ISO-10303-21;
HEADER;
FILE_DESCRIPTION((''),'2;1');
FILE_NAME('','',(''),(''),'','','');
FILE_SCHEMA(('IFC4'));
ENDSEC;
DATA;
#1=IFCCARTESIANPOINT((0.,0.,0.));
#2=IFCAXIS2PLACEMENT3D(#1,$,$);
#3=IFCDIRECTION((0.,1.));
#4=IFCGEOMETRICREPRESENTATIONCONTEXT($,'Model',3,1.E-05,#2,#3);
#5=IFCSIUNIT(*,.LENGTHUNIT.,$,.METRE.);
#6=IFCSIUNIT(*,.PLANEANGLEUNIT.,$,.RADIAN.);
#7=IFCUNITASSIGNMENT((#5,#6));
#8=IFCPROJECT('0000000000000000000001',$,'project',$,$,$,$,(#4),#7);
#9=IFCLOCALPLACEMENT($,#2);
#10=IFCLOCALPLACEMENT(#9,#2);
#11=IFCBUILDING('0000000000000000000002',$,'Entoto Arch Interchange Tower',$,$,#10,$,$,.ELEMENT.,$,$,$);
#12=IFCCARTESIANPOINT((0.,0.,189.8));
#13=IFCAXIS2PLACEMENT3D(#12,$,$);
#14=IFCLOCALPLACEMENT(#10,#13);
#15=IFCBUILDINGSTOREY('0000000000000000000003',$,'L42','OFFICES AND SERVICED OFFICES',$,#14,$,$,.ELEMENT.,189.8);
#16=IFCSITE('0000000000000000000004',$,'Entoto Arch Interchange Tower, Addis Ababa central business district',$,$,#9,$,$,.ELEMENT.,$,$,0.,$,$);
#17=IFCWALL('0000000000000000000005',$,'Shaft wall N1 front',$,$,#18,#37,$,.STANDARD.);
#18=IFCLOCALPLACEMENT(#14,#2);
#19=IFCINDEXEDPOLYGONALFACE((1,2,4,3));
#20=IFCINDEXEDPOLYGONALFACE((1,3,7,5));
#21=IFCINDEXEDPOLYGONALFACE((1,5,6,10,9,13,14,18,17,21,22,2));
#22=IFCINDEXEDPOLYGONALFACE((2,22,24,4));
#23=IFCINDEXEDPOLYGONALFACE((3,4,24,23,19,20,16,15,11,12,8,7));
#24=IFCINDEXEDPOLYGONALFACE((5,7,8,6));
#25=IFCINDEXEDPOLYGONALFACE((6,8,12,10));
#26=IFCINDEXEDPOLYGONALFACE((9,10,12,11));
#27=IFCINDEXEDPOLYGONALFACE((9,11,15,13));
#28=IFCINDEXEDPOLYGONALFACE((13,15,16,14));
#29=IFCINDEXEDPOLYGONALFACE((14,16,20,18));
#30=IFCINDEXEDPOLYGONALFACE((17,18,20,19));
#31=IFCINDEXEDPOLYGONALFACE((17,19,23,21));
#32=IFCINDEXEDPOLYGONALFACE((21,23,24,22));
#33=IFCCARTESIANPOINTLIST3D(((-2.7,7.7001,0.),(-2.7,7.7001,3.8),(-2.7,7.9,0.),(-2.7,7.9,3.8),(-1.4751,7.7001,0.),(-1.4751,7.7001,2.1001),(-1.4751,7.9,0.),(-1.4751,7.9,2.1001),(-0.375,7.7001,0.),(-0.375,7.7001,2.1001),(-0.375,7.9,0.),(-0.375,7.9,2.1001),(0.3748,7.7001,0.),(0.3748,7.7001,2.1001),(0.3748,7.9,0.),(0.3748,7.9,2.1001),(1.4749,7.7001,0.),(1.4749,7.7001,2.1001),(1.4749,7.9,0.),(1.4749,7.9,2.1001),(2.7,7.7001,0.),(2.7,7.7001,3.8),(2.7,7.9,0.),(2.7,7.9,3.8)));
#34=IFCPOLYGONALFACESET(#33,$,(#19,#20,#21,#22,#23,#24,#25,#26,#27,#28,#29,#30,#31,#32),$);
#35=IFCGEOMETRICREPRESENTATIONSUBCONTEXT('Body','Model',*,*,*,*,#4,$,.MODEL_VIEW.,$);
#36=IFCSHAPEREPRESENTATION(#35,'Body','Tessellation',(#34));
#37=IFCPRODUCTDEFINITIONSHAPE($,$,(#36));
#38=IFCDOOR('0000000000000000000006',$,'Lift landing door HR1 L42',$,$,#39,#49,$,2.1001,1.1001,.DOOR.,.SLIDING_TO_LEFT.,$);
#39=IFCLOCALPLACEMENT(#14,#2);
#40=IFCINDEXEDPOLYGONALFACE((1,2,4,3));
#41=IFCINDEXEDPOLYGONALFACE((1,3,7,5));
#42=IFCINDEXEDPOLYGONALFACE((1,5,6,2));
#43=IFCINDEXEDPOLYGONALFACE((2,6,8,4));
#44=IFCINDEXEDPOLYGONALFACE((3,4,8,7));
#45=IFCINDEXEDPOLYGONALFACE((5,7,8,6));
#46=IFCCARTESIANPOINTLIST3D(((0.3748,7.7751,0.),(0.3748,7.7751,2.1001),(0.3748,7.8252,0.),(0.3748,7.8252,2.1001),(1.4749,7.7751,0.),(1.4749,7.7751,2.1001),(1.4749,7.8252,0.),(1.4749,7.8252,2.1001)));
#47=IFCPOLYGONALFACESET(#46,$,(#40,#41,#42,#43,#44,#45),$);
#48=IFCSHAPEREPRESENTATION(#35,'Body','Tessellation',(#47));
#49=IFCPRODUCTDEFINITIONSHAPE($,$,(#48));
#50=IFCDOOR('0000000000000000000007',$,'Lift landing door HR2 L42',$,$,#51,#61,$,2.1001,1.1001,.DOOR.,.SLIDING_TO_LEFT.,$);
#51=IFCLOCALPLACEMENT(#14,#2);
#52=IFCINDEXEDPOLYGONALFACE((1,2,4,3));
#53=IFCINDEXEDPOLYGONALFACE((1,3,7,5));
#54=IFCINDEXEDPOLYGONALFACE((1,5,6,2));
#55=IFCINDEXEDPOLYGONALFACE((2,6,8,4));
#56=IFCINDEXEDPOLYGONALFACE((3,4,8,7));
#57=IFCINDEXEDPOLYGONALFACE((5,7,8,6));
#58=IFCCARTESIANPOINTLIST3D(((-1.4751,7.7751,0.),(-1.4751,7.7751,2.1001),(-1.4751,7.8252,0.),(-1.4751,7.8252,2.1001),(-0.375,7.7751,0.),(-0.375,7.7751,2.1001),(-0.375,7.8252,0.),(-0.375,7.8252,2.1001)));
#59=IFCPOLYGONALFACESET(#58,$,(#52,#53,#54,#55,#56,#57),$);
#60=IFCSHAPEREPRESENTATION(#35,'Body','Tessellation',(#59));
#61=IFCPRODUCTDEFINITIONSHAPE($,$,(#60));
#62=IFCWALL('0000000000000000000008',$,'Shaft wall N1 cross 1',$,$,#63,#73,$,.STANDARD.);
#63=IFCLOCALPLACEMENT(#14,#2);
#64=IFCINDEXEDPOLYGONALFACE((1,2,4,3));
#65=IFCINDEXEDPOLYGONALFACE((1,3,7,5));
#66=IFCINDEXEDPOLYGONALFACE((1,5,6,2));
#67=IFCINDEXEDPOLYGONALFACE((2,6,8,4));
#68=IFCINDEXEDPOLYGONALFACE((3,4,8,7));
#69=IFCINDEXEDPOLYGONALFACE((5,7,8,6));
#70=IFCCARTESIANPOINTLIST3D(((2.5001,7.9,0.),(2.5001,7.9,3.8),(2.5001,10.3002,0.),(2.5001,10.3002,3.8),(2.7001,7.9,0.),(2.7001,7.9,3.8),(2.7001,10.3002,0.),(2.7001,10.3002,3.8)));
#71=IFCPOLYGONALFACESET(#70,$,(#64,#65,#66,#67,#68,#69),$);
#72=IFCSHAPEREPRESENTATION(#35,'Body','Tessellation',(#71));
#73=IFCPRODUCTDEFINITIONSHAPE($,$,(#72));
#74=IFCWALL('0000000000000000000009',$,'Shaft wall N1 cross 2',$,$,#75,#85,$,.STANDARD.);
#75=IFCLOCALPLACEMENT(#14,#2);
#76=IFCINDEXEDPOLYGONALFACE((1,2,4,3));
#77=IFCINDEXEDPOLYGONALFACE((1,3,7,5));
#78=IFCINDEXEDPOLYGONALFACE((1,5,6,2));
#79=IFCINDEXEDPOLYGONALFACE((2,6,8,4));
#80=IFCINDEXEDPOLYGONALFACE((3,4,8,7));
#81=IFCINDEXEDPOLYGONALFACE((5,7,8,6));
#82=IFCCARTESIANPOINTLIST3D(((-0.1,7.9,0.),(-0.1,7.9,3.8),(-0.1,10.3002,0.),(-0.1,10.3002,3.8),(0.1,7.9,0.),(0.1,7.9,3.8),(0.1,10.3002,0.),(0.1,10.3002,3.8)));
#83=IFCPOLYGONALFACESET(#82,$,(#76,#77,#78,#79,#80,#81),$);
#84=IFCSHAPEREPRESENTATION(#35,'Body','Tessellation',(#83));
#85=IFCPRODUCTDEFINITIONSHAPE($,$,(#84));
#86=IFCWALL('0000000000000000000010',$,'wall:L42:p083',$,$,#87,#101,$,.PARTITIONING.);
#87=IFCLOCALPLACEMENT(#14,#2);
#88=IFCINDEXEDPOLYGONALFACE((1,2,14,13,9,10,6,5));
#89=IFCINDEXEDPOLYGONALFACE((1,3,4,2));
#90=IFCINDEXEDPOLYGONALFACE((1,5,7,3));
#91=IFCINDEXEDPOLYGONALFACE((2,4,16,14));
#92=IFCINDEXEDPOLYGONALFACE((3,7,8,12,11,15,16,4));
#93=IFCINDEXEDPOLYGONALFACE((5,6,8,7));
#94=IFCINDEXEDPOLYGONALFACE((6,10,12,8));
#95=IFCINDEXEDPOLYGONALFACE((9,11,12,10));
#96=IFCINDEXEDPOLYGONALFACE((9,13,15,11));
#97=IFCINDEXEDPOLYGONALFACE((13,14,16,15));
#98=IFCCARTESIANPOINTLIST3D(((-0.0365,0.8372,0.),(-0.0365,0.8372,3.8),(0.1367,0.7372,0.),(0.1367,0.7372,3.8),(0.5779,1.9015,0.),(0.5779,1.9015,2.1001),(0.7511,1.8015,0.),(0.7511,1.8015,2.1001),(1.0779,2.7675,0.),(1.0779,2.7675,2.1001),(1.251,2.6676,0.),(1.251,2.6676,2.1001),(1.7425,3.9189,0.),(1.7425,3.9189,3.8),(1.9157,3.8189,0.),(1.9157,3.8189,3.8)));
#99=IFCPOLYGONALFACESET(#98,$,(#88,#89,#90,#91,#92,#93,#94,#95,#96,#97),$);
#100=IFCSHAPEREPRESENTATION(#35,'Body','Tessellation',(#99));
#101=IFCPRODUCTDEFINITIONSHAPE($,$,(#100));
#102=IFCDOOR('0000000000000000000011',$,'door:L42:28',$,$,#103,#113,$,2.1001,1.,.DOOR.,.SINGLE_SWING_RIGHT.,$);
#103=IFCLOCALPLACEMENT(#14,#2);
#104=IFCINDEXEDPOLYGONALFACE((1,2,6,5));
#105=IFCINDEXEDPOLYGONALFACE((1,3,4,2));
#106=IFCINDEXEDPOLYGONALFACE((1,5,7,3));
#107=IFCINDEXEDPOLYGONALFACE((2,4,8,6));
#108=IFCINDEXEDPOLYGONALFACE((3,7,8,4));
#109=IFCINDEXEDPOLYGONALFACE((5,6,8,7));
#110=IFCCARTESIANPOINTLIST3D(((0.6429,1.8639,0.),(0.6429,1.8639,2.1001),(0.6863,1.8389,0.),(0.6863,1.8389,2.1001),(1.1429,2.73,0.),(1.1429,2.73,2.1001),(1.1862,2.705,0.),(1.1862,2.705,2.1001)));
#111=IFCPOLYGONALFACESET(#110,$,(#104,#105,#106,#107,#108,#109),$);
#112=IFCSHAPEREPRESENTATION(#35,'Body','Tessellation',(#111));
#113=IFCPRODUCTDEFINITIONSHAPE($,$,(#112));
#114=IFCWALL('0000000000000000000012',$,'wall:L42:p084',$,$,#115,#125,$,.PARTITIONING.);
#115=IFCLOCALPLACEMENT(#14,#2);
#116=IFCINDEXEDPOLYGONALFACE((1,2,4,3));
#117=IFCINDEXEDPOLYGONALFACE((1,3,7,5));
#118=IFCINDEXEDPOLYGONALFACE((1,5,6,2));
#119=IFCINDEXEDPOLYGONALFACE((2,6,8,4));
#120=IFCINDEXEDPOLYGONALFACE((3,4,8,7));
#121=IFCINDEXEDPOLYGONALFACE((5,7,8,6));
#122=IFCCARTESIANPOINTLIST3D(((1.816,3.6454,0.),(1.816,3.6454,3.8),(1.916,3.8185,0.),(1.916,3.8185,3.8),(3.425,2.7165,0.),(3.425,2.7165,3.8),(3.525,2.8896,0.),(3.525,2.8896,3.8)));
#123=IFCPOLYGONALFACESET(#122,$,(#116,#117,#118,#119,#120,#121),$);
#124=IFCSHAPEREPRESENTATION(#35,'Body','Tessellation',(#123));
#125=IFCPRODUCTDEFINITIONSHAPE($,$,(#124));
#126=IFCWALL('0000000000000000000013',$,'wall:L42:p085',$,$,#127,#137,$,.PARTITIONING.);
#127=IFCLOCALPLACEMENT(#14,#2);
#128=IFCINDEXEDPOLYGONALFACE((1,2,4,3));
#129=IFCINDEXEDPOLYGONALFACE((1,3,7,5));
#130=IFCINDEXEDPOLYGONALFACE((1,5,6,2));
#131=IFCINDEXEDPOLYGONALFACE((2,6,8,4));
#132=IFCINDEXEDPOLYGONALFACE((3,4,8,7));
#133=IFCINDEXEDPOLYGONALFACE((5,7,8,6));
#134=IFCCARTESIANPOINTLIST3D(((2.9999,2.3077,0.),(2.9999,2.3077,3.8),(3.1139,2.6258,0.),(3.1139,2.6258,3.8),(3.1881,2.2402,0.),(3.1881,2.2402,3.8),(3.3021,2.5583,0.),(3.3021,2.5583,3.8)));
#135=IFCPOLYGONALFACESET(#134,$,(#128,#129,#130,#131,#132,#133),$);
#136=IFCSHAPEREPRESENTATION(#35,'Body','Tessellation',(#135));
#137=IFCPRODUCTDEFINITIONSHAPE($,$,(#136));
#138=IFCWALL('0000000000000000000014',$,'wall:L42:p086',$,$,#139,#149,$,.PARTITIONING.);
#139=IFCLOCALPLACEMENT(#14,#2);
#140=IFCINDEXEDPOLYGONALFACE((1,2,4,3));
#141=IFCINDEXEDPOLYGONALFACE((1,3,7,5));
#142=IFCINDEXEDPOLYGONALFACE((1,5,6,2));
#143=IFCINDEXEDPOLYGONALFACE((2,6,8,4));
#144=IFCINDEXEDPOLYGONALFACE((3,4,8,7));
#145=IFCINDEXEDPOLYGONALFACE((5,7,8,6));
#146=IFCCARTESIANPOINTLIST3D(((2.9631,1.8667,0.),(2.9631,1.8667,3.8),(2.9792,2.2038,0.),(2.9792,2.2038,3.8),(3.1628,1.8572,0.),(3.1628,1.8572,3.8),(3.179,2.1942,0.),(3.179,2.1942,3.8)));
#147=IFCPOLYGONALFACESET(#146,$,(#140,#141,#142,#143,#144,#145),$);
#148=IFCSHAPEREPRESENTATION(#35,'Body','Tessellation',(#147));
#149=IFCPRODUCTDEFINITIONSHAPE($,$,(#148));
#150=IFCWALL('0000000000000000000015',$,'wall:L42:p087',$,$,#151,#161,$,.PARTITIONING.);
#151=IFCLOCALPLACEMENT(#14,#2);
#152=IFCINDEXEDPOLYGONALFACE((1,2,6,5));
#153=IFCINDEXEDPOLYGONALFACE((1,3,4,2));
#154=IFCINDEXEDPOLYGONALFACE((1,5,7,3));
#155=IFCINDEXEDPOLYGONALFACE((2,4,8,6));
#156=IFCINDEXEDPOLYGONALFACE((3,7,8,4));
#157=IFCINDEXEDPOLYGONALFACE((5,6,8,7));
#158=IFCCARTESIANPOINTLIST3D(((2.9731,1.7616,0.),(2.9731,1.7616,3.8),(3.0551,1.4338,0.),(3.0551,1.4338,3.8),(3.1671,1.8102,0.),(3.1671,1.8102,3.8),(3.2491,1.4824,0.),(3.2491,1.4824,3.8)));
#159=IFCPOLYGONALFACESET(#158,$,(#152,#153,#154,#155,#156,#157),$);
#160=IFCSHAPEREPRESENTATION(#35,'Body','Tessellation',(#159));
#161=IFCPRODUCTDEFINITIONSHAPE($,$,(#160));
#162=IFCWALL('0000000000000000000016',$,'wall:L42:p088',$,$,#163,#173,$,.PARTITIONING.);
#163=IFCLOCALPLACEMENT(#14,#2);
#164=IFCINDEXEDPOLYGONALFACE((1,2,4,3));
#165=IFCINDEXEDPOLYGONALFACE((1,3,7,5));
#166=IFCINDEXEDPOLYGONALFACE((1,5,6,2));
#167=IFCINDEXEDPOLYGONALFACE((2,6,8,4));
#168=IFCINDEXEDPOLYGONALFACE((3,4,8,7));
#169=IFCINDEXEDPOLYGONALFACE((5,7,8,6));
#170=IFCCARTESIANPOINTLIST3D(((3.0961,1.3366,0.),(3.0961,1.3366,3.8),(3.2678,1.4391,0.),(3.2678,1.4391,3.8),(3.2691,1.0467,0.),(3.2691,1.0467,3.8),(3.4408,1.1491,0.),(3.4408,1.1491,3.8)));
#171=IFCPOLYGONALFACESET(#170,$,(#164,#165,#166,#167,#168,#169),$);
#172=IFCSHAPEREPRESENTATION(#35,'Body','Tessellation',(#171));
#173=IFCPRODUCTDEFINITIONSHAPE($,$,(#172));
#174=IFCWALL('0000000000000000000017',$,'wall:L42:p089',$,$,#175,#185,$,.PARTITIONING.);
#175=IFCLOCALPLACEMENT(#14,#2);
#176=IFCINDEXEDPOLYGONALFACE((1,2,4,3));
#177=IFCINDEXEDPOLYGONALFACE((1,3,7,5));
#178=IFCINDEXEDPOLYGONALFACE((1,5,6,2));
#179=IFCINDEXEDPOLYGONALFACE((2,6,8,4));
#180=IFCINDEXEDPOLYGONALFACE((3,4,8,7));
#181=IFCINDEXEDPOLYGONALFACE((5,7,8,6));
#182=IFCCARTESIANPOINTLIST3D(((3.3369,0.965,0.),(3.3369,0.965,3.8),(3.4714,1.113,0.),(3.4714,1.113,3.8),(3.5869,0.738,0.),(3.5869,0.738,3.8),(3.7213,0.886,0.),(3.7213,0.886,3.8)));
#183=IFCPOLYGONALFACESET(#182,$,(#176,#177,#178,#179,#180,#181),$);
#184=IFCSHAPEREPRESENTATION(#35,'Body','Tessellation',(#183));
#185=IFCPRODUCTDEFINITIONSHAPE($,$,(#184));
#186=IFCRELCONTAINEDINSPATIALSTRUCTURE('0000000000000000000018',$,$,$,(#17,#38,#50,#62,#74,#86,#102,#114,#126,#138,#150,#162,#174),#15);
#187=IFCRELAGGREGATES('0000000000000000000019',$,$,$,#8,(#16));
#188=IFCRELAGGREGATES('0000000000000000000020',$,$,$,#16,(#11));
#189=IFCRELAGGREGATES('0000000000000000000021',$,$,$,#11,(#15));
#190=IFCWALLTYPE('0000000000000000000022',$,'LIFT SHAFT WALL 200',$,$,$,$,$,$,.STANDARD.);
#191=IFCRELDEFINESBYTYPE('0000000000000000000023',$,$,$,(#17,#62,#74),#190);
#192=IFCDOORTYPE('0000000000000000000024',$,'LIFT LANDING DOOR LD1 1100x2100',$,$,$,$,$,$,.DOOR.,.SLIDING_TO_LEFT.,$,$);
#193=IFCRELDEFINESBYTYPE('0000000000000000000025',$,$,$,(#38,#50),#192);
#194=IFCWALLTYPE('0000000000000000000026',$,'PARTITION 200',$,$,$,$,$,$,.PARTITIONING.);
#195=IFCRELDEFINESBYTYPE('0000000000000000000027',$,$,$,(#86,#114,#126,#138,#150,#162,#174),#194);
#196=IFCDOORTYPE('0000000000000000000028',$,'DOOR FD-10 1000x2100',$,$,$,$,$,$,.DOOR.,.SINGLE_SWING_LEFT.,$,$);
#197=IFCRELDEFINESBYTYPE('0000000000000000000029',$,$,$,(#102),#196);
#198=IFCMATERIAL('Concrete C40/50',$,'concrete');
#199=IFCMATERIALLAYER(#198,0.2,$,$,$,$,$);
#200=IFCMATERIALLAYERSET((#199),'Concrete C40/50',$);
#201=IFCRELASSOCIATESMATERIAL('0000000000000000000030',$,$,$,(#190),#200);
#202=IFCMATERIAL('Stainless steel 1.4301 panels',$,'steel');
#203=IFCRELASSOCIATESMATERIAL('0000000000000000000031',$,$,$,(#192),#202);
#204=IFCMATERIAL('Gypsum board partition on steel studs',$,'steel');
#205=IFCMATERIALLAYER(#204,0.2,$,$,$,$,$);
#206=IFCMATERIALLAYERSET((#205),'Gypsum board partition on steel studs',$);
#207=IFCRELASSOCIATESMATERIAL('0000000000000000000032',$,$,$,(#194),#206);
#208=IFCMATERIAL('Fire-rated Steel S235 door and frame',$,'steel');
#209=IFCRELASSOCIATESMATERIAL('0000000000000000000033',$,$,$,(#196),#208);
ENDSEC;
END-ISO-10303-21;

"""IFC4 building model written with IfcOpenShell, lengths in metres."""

from ifc_helpers import new_model, si_unit, direction, frame, frame_2d, origin, place, context, subcontext, project, spatial, rectangle, extrude, material, layer, layer_set, type_object, element, fill, save


model = new_model("IFC4")

# Units and contexts
model_context = context("Model", 3, precision=1e-05, world=origin(), true_north=direction((0.0, 1.0)))
body_context = subcontext(model_context, "Body", "Model", "MODEL_VIEW")
ifc_project = project(units=[si_unit("LENGTHUNIT", "METRE"), si_unit("PLANEANGLEUNIT", "RADIAN")], contexts=[model_context])

# Site, building, storey
site_placement = place(None, origin())
site = spatial("IfcSite", under=ifc_project, at=site_placement, Name="Entoto Arch Interchange Tower, Addis Ababa central business district", CompositionType="ELEMENT", RefElevation=0.0)
building_placement = place(site_placement, origin())
building = spatial("IfcBuilding", under=site, at=building_placement, Name="Entoto Arch Interchange Tower", CompositionType="ELEMENT")
storey_placement = place(building_placement, frame((0.0, 0.0, 189.8)))
storey = spatial("IfcBuildingStorey", under=building, at=storey_placement, Name="L42", Description="OFFICES AND SERVICED OFFICES", CompositionType="ELEMENT", Elevation=189.8)

# Shared definitions
ifc_material_1 = material(Name="Concrete C40/50", Category="concrete")

# Wall, openings, doors
ifc_layer_1 = layer(ifc_material_1, 0.2)
ifc_layer_set_1 = layer_set([ifc_layer_1], Name="Concrete C40/50")
wall_type_1 = type_object("IfcWallType", Name="LIFT SHAFT WALL 200", PredefinedType="STANDARD", material=ifc_layer_set_1)
wall_1_placement = place(storey_placement, frame((2.7, 7.8, 0.0), z_axis=(0.0, 0.0, 1.0), x_axis=(-1.0, 0.0, 0.0)))
wall_1 = element("IfcWall", 1, at=wall_1_placement, inside=storey, type_object=wall_type_1, Name="Shaft wall N1 front", PredefinedType="STANDARD", context=body_context, shape_type="SweptSolid", body=[
    extrude(rectangle(XDim=5.3999, YDim=0.2, at=frame_2d((2.7, 0.0))), origin(), (0.0, 0.0, 1.0), 3.8),
])
opening_1_placement = place(wall_1_placement, frame((1.2251, 0.0, 0.0)))
opening_1 = element("IfcOpeningElement", 2, at=opening_1_placement, cuts=wall_1, PredefinedType="OPENING", context=body_context, shape_type="SweptSolid", body=[
    extrude(rectangle(XDim=1.1001, YDim=2.1001, at=frame_2d((0.55, 1.05))), frame((0.0, 0.1099, 0.0), z_axis=(0.0, -1.0, 0.0), x_axis=(1.0, 0.0, 0.0)), (0.0, 0.0, 1.0), 0.22),
])
opening_2_placement = place(wall_1_placement, frame((3.075, 0.0, 0.0)))
opening_2 = element("IfcOpeningElement", 3, at=opening_2_placement, cuts=wall_1, PredefinedType="OPENING", context=body_context, shape_type="SweptSolid", body=[
    extrude(rectangle(XDim=1.1001, YDim=2.1001, at=frame_2d((0.55, 1.05))), frame((0.0, 0.1099, 0.0), z_axis=(0.0, -1.0, 0.0), x_axis=(1.0, 0.0, 0.0)), (0.0, 0.0, 1.0), 0.22),
])
ifc_material_2 = material(Name="Stainless steel 1.4301 panels", Category="steel")
door_type_1 = type_object("IfcDoorType", Name="LIFT LANDING DOOR LD1 1100x2100", OperationType="SLIDING_TO_LEFT", PredefinedType="DOOR", material=ifc_material_2)
door_1_placement = place(opening_1_placement, origin())
door_1 = element("IfcDoor", 4, at=door_1_placement, inside=storey, type_object=door_type_1, Name="Lift landing door HR1 L42", OperationType="SLIDING_TO_LEFT", OverallHeight=2.1001, OverallWidth=1.1001, PredefinedType="DOOR", context=body_context, shape_type="SweptSolid", body=[
    extrude(rectangle(XDim=1.1001, YDim=2.1001, at=frame_2d((0.55, 1.05))), frame((0.0, 0.0249, 0.0), z_axis=(0.0, -1.0, 0.0), x_axis=(1.0, 0.0, 0.0)), (0.0, 0.0, 1.0), 0.05),
])
fill(opening_1, door_1)
door_2_placement = place(opening_2_placement, origin())
door_2 = element("IfcDoor", 5, at=door_2_placement, inside=storey, type_object=door_type_1, Name="Lift landing door HR2 L42", OperationType="SLIDING_TO_LEFT", OverallHeight=2.1001, OverallWidth=1.1001, PredefinedType="DOOR", context=body_context, shape_type="SweptSolid", body=[
    extrude(rectangle(XDim=1.1001, YDim=2.1001, at=frame_2d((0.55, 1.05))), frame((0.0, 0.0249, 0.0), z_axis=(0.0, -1.0, 0.0), x_axis=(1.0, 0.0, 0.0)), (0.0, 0.0, 1.0), 0.05),
])
fill(opening_2, door_2)

# Walls
for number, where, z_axis, x_axis, name in (
    (6, (2.6001, 7.8999, 0.0), (0.0, 0.0, 1.0), (0.0, 1.0, 0.0), "Shaft wall N1 cross 1"),
    (7, (0.0, 7.8999, 0.0), (0.0, 0.0, 1.0), (0.0, 1.0, 0.0), "Shaft wall N1 cross 2"),
):
    element("IfcWall", number, at=place(storey_placement, frame(where, z_axis=z_axis, x_axis=x_axis)), inside=storey, type_object=wall_type_1, Name=name, PredefinedType="STANDARD", context=body_context, shape_type="SweptSolid", body=[
        extrude(rectangle(XDim=2.4001, YDim=0.2, at=frame_2d((1.2002, 0.0))), origin(), (0.0, 0.0, 1.0), 3.8),
    ])

# Wall, opening, door
ifc_material_3 = material(Name="Gypsum board partition on steel studs", Category="steel")
ifc_layer_2 = layer(ifc_material_3, 0.2)
ifc_layer_set_2 = layer_set([ifc_layer_2], Name="Gypsum board partition on steel studs")
wall_type_2 = type_object("IfcWallType", Name="PARTITION 200", PredefinedType="PARTITIONING", material=ifc_layer_set_2)
wall_2_placement = place(storey_placement, frame((0.05, 0.7871, 0.0), z_axis=(0.0, 0.0, 1.0), x_axis=(0.499954, 0.866052, 0.0)))
wall_2 = element("IfcWall", 8, at=wall_2_placement, inside=storey, type_object=wall_type_2, Name="wall:L42:p083", PredefinedType="PARTITIONING", context=body_context, shape_type="SweptSolid", body=[
    extrude(rectangle(XDim=3.5583, YDim=0.2, at=frame_2d((1.7793, 0.0))), origin(), (0.0, 0.0, 1.0), 3.8),
])
opening_3_placement = place(wall_2_placement, frame((1.229, 0.0, 0.0)))
opening_3 = element("IfcOpeningElement", 9, at=opening_3_placement, cuts=wall_2, PredefinedType="OPENING", context=body_context, shape_type="SweptSolid", body=[
    extrude(rectangle(XDim=1.0, YDim=2.1001, at=frame_2d((0.5, 1.05))), frame((0.0, 0.1099, 0.0), z_axis=(0.0, -1.0, 0.0), x_axis=(1.0, 0.0, 0.0)), (0.0, 0.0, 1.0), 0.22),
])
ifc_material_4 = material(Name="Fire-rated Steel S235 door and frame", Category="steel")
door_type_2 = type_object("IfcDoorType", Name="DOOR FD-10 1000x2100", OperationType="SINGLE_SWING_LEFT", PredefinedType="DOOR", material=ifc_material_4)
door_3_placement = place(opening_3_placement, origin())
door_3 = element("IfcDoor", 10, at=door_3_placement, inside=storey, type_object=door_type_2, Name="door:L42:28", OperationType="SINGLE_SWING_RIGHT", OverallHeight=2.1001, OverallWidth=1.0, PredefinedType="DOOR", context=body_context, shape_type="SweptSolid", body=[
    extrude(rectangle(XDim=1.0, YDim=2.1001, at=frame_2d((0.5, 1.05))), frame((0.0, 0.0249, 0.0), z_axis=(0.0, -1.0, 0.0), x_axis=(1.0, 0.0, 0.0)), (0.0, 0.0, 1.0), 0.05),
])
fill(opening_3, door_3)

# Walls
wall_3_placement = place(storey_placement, frame((1.866, 3.7319, 0.0), z_axis=(0.0, 0.0, 1.0), x_axis=(0.866043, -0.499969, 0.0)))
element("IfcWall", 11, at=wall_3_placement, inside=storey, type_object=wall_type_2, Name="wall:L42:p084", PredefinedType="PARTITIONING", context=body_context, shape_type="SweptSolid", body=[
    extrude(rectangle(XDim=1.8579, YDim=0.2, at=frame_2d((0.929, 0.0))), origin(), (0.0, 0.0, 1.0), 3.8),
])
wall_4_placement = place(storey_placement, frame((3.208, 2.592, 0.0), z_axis=(0.0, 0.0, 1.0), x_axis=(-0.337389, -0.941365, 0.0)))
element("IfcWall", 12, at=wall_4_placement, inside=storey, type_object=wall_type_2, Name="wall:L42:p085", PredefinedType="PARTITIONING", context=body_context, shape_type="SweptSolid", body=[
    extrude(rectangle(XDim=0.3379, YDim=0.2, at=frame_2d((0.1689, 0.0))), origin(), (0.0, 0.0, 1.0), 3.8),
])
wall_5_placement = place(storey_placement, frame((3.0791, 2.199, 0.0), z_axis=(0.0, 0.0, 1.0), x_axis=(-0.047771, -0.998858, 0.0)))
element("IfcWall", 13, at=wall_5_placement, inside=storey, type_object=wall_type_2, Name="wall:L42:p086", PredefinedType="PARTITIONING", context=body_context, shape_type="SweptSolid", body=[
    extrude(rectangle(XDim=0.3374, YDim=0.2, at=frame_2d((0.1687, 0.0))), origin(), (0.0, 0.0, 1.0), 3.8),
])
wall_6_placement = place(storey_placement, frame((3.0701, 1.7859, 0.0), z_axis=(0.0, 0.0, 1.0), x_axis=(0.242706, -0.9701, 0.0)))
element("IfcWall", 14, at=wall_6_placement, inside=storey, type_object=wall_type_2, Name="wall:L42:p087", PredefinedType="PARTITIONING", context=body_context, shape_type="SweptSolid", body=[
    extrude(rectangle(XDim=0.3379, YDim=0.2, at=frame_2d((0.1689, 0.0))), origin(), (0.0, 0.0, 1.0), 3.8),
])
for number, where, z_axis, x_axis, name in (
    (15, (3.1819, 1.3879, 0.0), (0.0, 0.0, 1.0), (0.512475, -0.858702, 0.0), "wall:L42:p088"),
    (16, (3.4041, 1.0391, 0.0), (0.0, 0.0, 1.0), (0.740267, -0.672313, 0.0), "wall:L42:p089"),
):
    element("IfcWall", number, at=place(storey_placement, frame(where, z_axis=z_axis, x_axis=x_axis)), inside=storey, type_object=wall_type_2, Name=name, PredefinedType="PARTITIONING", context=body_context, shape_type="SweptSolid", body=[
        extrude(rectangle(XDim=0.3376, YDim=0.2, at=frame_2d((0.1689, 0.0))), origin(), (0.0, 0.0, 1.0), 3.8),
    ])

save(model, "model.ifc")
